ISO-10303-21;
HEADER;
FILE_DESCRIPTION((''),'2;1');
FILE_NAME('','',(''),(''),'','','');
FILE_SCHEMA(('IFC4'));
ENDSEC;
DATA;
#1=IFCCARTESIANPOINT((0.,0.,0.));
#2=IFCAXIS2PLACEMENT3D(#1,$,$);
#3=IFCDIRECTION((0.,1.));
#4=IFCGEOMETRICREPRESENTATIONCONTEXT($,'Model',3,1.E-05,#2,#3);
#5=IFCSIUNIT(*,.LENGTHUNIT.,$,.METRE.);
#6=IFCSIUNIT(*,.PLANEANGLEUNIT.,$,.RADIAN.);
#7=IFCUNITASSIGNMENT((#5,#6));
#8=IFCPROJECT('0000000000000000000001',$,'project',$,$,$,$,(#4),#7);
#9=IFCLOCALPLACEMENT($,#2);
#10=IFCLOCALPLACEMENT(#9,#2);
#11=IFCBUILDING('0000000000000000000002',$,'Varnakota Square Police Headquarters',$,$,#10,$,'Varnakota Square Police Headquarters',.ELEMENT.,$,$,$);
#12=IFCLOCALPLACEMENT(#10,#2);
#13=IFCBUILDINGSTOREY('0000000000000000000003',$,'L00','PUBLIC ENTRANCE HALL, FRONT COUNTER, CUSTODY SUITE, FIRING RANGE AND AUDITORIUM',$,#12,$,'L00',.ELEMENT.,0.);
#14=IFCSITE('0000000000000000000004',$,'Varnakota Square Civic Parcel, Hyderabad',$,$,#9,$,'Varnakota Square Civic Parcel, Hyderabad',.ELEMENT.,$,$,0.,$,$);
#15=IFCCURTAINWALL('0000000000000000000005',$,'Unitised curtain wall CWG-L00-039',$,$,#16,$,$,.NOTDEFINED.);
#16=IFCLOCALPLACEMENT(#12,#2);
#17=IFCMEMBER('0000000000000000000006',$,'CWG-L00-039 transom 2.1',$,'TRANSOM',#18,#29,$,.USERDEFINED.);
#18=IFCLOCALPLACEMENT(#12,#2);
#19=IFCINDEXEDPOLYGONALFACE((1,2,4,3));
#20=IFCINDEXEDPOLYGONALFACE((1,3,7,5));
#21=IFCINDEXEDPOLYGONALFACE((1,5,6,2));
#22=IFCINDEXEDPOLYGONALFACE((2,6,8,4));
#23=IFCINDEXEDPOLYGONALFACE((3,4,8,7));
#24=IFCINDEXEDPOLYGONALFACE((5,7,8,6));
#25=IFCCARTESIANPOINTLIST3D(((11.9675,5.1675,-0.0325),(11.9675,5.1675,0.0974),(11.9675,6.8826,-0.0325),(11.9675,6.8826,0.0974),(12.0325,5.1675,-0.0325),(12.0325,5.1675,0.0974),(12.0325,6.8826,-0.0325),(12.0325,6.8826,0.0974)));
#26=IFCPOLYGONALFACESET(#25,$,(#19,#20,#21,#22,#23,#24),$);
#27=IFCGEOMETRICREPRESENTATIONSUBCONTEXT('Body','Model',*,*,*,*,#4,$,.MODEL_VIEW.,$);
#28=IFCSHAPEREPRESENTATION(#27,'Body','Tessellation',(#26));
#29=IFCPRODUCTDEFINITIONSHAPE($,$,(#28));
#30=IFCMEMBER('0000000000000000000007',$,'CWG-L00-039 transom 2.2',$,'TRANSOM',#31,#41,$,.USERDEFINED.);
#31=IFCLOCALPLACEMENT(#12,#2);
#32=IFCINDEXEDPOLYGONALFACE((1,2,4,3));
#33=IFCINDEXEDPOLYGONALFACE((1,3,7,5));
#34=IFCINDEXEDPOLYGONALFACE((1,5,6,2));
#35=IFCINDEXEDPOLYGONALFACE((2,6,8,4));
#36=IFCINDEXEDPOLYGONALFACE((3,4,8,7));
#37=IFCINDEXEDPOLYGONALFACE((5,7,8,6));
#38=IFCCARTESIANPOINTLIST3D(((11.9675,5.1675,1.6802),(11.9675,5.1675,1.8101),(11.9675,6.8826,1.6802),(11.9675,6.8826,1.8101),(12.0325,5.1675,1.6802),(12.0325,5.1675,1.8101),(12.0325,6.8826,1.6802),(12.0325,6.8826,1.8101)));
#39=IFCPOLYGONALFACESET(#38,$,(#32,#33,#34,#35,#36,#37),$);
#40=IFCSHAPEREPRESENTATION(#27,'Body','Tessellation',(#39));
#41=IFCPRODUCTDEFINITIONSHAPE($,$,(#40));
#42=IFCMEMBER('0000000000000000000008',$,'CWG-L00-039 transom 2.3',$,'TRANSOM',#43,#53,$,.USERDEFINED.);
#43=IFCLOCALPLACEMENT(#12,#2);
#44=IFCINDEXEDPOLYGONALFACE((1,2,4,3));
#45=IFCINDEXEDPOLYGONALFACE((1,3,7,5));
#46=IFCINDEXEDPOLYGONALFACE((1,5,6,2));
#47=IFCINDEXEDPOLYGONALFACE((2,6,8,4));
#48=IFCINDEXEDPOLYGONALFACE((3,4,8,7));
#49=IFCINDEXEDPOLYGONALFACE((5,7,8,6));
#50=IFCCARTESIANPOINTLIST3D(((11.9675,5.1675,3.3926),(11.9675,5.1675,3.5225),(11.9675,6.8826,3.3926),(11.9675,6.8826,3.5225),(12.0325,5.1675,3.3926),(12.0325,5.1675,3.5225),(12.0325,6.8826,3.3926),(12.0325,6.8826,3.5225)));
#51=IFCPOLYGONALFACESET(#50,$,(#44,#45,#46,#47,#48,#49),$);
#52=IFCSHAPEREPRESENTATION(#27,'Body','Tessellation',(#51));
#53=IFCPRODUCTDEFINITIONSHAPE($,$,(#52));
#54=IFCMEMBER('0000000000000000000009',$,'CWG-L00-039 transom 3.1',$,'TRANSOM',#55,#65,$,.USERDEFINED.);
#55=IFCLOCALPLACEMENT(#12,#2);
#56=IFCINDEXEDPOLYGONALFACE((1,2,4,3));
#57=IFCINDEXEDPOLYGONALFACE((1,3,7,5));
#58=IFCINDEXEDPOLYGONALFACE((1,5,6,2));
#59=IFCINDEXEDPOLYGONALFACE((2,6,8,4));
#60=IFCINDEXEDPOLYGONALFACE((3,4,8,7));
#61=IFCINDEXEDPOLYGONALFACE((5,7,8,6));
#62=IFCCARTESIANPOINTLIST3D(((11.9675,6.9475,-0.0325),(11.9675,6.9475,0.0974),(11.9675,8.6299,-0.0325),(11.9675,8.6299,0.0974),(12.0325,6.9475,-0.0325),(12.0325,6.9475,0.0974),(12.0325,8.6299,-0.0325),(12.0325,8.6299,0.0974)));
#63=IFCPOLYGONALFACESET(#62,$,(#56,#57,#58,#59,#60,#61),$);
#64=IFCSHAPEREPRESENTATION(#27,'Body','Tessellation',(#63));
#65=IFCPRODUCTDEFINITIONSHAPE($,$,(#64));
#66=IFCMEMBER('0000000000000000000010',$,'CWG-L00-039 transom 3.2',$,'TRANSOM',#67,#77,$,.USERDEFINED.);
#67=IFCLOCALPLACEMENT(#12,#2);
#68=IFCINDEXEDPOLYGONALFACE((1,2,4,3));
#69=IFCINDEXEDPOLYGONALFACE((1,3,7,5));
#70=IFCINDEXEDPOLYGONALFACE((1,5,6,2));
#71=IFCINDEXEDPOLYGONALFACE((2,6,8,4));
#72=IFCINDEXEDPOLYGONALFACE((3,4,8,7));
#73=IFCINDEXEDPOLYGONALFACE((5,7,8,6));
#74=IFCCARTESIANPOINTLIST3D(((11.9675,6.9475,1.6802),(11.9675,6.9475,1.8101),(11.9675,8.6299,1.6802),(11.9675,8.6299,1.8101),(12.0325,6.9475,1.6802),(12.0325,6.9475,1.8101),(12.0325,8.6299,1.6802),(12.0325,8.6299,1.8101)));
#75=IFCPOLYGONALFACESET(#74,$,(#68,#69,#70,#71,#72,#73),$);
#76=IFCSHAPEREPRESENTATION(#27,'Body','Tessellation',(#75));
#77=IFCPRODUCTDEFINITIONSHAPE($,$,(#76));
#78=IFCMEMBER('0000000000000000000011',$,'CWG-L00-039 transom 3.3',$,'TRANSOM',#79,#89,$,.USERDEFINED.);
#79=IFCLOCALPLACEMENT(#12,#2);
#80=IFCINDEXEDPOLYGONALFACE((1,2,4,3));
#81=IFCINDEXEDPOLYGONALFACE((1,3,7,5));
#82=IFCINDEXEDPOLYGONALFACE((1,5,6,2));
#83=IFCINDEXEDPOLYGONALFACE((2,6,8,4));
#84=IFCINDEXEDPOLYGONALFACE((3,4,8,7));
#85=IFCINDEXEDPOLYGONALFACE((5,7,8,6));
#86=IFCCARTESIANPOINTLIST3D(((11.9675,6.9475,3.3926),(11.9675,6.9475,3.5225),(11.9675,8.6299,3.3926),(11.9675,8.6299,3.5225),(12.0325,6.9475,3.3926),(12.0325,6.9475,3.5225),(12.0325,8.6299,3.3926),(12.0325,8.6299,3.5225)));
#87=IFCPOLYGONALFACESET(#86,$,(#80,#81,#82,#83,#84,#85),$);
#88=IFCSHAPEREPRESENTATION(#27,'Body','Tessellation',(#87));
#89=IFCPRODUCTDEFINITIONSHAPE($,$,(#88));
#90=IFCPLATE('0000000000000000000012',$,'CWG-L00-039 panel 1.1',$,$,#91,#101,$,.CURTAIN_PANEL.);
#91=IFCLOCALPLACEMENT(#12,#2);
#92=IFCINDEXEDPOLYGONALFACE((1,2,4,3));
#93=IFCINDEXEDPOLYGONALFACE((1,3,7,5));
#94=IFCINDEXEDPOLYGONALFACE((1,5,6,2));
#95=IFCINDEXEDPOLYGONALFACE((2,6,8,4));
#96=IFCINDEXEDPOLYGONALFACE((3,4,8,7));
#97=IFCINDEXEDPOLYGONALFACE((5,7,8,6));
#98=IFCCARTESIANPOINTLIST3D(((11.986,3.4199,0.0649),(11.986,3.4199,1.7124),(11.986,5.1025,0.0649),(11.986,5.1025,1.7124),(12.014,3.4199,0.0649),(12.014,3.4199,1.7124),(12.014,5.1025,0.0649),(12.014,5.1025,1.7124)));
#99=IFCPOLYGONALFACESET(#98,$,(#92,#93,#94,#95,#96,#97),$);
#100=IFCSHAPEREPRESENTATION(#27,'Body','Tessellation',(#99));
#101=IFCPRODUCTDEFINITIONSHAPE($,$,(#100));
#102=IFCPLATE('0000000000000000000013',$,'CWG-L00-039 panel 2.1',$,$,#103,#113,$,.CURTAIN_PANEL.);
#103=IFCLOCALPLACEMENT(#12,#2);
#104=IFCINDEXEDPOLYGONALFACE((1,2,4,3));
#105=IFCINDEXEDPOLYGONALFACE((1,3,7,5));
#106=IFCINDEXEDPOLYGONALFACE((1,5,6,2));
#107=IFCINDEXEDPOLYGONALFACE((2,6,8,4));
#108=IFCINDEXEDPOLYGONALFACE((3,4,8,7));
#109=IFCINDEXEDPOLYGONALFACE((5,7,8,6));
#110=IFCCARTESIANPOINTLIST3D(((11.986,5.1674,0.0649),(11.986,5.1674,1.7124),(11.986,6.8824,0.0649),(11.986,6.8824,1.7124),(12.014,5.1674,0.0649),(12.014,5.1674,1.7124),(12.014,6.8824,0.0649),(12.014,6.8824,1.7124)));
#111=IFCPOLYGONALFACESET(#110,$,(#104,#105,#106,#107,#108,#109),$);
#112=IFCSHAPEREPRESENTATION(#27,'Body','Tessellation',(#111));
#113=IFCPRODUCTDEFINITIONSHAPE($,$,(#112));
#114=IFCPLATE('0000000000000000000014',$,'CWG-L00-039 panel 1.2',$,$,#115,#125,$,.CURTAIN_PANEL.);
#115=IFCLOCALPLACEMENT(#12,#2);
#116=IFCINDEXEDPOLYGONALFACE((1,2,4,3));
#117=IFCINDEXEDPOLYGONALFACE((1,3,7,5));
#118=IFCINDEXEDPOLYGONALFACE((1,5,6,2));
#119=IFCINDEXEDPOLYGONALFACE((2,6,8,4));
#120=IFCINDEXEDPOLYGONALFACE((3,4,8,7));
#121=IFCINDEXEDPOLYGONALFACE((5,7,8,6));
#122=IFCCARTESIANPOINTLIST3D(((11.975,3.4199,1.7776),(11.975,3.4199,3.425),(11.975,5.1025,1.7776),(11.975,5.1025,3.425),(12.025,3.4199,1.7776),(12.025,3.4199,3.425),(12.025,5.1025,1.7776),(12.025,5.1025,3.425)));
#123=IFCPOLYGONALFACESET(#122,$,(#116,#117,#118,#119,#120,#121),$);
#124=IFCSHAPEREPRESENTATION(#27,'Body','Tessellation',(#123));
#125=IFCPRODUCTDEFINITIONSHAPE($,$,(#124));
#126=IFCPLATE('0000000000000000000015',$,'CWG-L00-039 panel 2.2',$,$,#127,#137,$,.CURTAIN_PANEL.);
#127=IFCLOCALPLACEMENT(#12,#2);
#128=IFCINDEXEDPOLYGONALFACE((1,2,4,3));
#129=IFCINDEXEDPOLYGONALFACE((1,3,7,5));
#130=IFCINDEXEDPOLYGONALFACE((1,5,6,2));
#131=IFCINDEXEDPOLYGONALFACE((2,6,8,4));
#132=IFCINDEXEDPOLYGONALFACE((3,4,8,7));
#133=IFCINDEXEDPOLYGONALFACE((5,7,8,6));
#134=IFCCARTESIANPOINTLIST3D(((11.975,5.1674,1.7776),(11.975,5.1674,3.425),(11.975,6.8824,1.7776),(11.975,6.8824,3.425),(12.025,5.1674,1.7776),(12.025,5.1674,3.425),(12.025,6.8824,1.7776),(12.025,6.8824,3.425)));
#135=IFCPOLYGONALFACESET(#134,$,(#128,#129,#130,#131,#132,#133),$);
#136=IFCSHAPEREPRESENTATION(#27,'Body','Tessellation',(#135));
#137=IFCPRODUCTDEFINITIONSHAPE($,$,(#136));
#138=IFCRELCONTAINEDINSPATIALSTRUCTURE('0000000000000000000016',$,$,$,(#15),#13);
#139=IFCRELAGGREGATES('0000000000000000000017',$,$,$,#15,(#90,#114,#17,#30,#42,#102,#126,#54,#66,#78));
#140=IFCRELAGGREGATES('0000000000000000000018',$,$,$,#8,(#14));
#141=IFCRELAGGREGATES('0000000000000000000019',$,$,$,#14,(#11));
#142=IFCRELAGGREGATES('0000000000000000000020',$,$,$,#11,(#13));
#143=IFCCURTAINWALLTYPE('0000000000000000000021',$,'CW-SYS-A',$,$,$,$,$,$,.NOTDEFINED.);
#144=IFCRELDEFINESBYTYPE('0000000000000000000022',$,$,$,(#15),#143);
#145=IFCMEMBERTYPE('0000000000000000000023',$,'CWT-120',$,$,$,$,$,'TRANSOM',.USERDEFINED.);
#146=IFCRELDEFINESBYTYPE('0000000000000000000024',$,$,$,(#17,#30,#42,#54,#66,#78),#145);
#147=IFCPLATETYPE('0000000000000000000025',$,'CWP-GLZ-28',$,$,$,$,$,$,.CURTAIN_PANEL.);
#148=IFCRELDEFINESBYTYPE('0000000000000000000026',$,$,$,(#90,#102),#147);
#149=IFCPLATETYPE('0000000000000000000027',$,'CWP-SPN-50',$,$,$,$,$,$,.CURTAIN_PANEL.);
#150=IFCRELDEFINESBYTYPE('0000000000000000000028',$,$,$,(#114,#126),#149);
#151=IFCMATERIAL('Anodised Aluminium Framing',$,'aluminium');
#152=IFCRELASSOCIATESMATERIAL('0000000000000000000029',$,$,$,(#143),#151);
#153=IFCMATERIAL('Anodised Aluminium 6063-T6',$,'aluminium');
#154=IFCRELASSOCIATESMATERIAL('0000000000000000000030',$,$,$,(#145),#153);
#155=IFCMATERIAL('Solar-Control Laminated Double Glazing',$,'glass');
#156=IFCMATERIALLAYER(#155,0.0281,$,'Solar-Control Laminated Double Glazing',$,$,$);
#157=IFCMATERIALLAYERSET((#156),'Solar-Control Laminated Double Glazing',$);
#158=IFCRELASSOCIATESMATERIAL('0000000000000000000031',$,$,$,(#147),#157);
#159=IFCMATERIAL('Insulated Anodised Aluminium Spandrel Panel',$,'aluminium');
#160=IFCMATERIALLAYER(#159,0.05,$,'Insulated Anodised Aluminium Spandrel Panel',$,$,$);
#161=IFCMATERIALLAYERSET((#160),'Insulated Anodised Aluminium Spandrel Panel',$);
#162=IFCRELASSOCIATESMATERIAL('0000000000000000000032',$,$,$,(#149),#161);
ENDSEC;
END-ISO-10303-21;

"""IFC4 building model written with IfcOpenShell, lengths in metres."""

from ifc_helpers import new_model, si_unit, direction, frame, origin, origin_2d, place, context, subcontext, project, spatial, rectangle, extrude, material, layer, layer_set, material_profile, profile_set, type_object, element, aggregate, save


model = new_model("IFC4")

# Units and contexts
model_context = context("Model", 3, precision=1e-05, world=origin(), true_north=direction((0.0, 1.0)))
body_context = subcontext(model_context, "Body", "Model", "MODEL_VIEW")
ifc_project = project(units=[si_unit("LENGTHUNIT", "METRE"), si_unit("PLANEANGLEUNIT", "RADIAN")], contexts=[model_context])

# Site, building, storey
site_placement = place(None, origin())
site = spatial("IfcSite", under=ifc_project, at=site_placement, Name="Varnakota Square Civic Parcel, Hyderabad", LongName="Varnakota Square Civic Parcel, Hyderabad", CompositionType="ELEMENT", RefElevation=0.0)
building_placement = place(site_placement, origin())
building = spatial("IfcBuilding", under=site, at=building_placement, Name="Varnakota Square Police Headquarters", LongName="Varnakota Square Police Headquarters", CompositionType="ELEMENT")
storey_placement = place(building_placement, origin())
storey = spatial("IfcBuildingStorey", under=building, at=storey_placement, Name="L00", Description="PUBLIC ENTRANCE HALL, FRONT COUNTER, CUSTODY SUITE, FIRING RANGE AND AUDITORIUM", LongName="L00", CompositionType="ELEMENT", Elevation=0.0)

# Shared definitions
ifc_material_1 = material(Name="Anodised Aluminium Framing", Category="aluminium")
curtain_wall_type = type_object("IfcCurtainWallType", Name="CW-SYS-A", PredefinedType="NOTDEFINED", material=ifc_material_1)
ifc_material_2 = material(Name="Anodised Aluminium 6063-T6", Category="aluminium")

# Curtain wall
curtain_wall_1_placement = place(storey_placement, origin())
curtain_wall_1 = element("IfcCurtainWall", 1, at=curtain_wall_1_placement, inside=storey, type_object=curtain_wall_type, Name="Unitised curtain wall CWG-L00-039", PredefinedType="NOTDEFINED")

# Members
ifc_material_profile_1 = material_profile(ifc_material_2, rectangle(XDim=0.0649, YDim=0.1299, at=origin_2d()), Name="ALU TRANSOM 65x130")
ifc_profile_set_1 = profile_set([ifc_material_profile_1], Name="Anodised Aluminium 6063-T6")
member_type_1 = type_object("IfcMemberType", Name="CWT-120", ElementType="TRANSOM", PredefinedType="USERDEFINED", material=ifc_profile_set_1)
member_1_placement = place(storey_placement, frame((12.0, 5.1675, 0.0325), z_axis=(0.0, 1.0, 0.0), x_axis=(-1.0, 0.0, 0.0)))
member_1 = element("IfcMember", 2, at=member_1_placement, type_object=member_type_1, Name="CWG-L00-039 transom 2.1", ObjectType="TRANSOM", PredefinedType="USERDEFINED", context=body_context, shape_type="SweptSolid", body=[
    extrude(rectangle(XDim=0.0649, YDim=0.1299, at=origin_2d()), origin(), (0.0, 0.0, 1.0), 1.7151),
])
member_2_placement = place(storey_placement, frame((12.0, 5.1675, 1.7451), z_axis=(0.0, 1.0, 0.0), x_axis=(-1.0, 0.0, 0.0)))
member_2 = element("IfcMember", 3, at=member_2_placement, type_object=member_type_1, Name="CWG-L00-039 transom 2.2", ObjectType="TRANSOM", PredefinedType="USERDEFINED", context=body_context, shape_type="SweptSolid", body=[
    extrude(rectangle(XDim=0.0649, YDim=0.1299, at=origin_2d()), origin(), (0.0, 0.0, 1.0), 1.7151),
])
member_3_placement = place(storey_placement, frame((12.0, 5.1675, 3.4575), z_axis=(0.0, 1.0, 0.0), x_axis=(-1.0, 0.0, 0.0)))
member_3 = element("IfcMember", 4, at=member_3_placement, type_object=member_type_1, Name="CWG-L00-039 transom 2.3", ObjectType="TRANSOM", PredefinedType="USERDEFINED", context=body_context, shape_type="SweptSolid", body=[
    extrude(rectangle(XDim=0.0649, YDim=0.1299, at=origin_2d()), origin(), (0.0, 0.0, 1.0), 1.7151),
])
member_4_placement = place(storey_placement, frame((12.0, 6.9475, 0.0325), z_axis=(0.0, 1.0, 0.0), x_axis=(-1.0, 0.0, 0.0)))
member_4 = element("IfcMember", 5, at=member_4_placement, type_object=member_type_1, Name="CWG-L00-039 transom 3.1", ObjectType="TRANSOM", PredefinedType="USERDEFINED", context=body_context, shape_type="SweptSolid", body=[
    extrude(rectangle(XDim=0.0649, YDim=0.1299, at=origin_2d()), origin(), (0.0, 0.0, 1.0), 1.6824),
])
member_5_placement = place(storey_placement, frame((12.0, 6.9475, 1.7451), z_axis=(0.0, 1.0, 0.0), x_axis=(-1.0, 0.0, 0.0)))
member_5 = element("IfcMember", 6, at=member_5_placement, type_object=member_type_1, Name="CWG-L00-039 transom 3.2", ObjectType="TRANSOM", PredefinedType="USERDEFINED", context=body_context, shape_type="SweptSolid", body=[
    extrude(rectangle(XDim=0.0649, YDim=0.1299, at=origin_2d()), origin(), (0.0, 0.0, 1.0), 1.6824),
])
member_6_placement = place(storey_placement, frame((12.0, 6.9475, 3.4575), z_axis=(0.0, 1.0, 0.0), x_axis=(-1.0, 0.0, 0.0)))
member_6 = element("IfcMember", 7, at=member_6_placement, type_object=member_type_1, Name="CWG-L00-039 transom 3.3", ObjectType="TRANSOM", PredefinedType="USERDEFINED", context=body_context, shape_type="SweptSolid", body=[
    extrude(rectangle(XDim=0.0649, YDim=0.1299, at=origin_2d()), origin(), (0.0, 0.0, 1.0), 1.6824),
])

# Plates
ifc_material_3 = material(Name="Solar-Control Laminated Double Glazing", Category="glass")
ifc_layer_1 = layer(ifc_material_3, 0.0281, Name="Solar-Control Laminated Double Glazing")
ifc_layer_set_1 = layer_set([ifc_layer_1], Name="Solar-Control Laminated Double Glazing")
plate_type_1 = type_object("IfcPlateType", Name="CWP-GLZ-28", PredefinedType="CURTAIN_PANEL", material=ifc_layer_set_1)
plate_1_placement = place(storey_placement, frame((12.0, 4.2612, 0.0649), z_axis=(0.0, 0.0, 1.0), x_axis=(0.0, 1.0, 0.0)))
plate_1 = element("IfcPlate", 8, at=plate_1_placement, type_object=plate_type_1, Name="CWG-L00-039 panel 1.1", PredefinedType="CURTAIN_PANEL", context=body_context, shape_type="SweptSolid", body=[
    extrude(rectangle(XDim=1.6826, YDim=0.0281, at=origin_2d()), origin(), (0.0, 0.0, 1.0), 1.6475),
])
plate_2_placement = place(storey_placement, frame((12.0, 6.0249, 0.0649), z_axis=(0.0, 0.0, 1.0), x_axis=(0.0, 1.0, 0.0)))
plate_2 = element("IfcPlate", 9, at=plate_2_placement, type_object=plate_type_1, Name="CWG-L00-039 panel 2.1", PredefinedType="CURTAIN_PANEL", context=body_context, shape_type="SweptSolid", body=[
    extrude(rectangle(XDim=1.7151, YDim=0.0281, at=origin_2d()), origin(), (0.0, 0.0, 1.0), 1.6475),
])
ifc_material_4 = material(Name="Insulated Anodised Aluminium Spandrel Panel", Category="aluminium")
ifc_layer_2 = layer(ifc_material_4, 0.05, Name="Insulated Anodised Aluminium Spandrel Panel")
ifc_layer_set_2 = layer_set([ifc_layer_2], Name="Insulated Anodised Aluminium Spandrel Panel")
plate_type_2 = type_object("IfcPlateType", Name="CWP-SPN-50", PredefinedType="CURTAIN_PANEL", material=ifc_layer_set_2)
plate_3_placement = place(storey_placement, frame((12.0, 4.2612, 1.7776), z_axis=(0.0, 0.0, 1.0), x_axis=(0.0, 1.0, 0.0)))
plate_3 = element("IfcPlate", 10, at=plate_3_placement, type_object=plate_type_2, Name="CWG-L00-039 panel 1.2", PredefinedType="CURTAIN_PANEL", context=body_context, shape_type="SweptSolid", body=[
    extrude(rectangle(XDim=1.6826, YDim=0.05, at=origin_2d()), origin(), (0.0, 0.0, 1.0), 1.6475),
])
plate_4_placement = place(storey_placement, frame((12.0, 6.0249, 1.7776), z_axis=(0.0, 0.0, 1.0), x_axis=(0.0, 1.0, 0.0)))
plate_4 = element("IfcPlate", 11, at=plate_4_placement, type_object=plate_type_2, Name="CWG-L00-039 panel 2.2", PredefinedType="CURTAIN_PANEL", context=body_context, shape_type="SweptSolid", body=[
    extrude(rectangle(XDim=1.7151, YDim=0.05, at=origin_2d()), origin(), (0.0, 0.0, 1.0), 1.6475),
])
aggregate(curtain_wall_1, [plate_1, plate_3, member_1, member_2, member_3, plate_2, plate_4, member_4, member_5, member_6])

save(model, "model.ifc")
